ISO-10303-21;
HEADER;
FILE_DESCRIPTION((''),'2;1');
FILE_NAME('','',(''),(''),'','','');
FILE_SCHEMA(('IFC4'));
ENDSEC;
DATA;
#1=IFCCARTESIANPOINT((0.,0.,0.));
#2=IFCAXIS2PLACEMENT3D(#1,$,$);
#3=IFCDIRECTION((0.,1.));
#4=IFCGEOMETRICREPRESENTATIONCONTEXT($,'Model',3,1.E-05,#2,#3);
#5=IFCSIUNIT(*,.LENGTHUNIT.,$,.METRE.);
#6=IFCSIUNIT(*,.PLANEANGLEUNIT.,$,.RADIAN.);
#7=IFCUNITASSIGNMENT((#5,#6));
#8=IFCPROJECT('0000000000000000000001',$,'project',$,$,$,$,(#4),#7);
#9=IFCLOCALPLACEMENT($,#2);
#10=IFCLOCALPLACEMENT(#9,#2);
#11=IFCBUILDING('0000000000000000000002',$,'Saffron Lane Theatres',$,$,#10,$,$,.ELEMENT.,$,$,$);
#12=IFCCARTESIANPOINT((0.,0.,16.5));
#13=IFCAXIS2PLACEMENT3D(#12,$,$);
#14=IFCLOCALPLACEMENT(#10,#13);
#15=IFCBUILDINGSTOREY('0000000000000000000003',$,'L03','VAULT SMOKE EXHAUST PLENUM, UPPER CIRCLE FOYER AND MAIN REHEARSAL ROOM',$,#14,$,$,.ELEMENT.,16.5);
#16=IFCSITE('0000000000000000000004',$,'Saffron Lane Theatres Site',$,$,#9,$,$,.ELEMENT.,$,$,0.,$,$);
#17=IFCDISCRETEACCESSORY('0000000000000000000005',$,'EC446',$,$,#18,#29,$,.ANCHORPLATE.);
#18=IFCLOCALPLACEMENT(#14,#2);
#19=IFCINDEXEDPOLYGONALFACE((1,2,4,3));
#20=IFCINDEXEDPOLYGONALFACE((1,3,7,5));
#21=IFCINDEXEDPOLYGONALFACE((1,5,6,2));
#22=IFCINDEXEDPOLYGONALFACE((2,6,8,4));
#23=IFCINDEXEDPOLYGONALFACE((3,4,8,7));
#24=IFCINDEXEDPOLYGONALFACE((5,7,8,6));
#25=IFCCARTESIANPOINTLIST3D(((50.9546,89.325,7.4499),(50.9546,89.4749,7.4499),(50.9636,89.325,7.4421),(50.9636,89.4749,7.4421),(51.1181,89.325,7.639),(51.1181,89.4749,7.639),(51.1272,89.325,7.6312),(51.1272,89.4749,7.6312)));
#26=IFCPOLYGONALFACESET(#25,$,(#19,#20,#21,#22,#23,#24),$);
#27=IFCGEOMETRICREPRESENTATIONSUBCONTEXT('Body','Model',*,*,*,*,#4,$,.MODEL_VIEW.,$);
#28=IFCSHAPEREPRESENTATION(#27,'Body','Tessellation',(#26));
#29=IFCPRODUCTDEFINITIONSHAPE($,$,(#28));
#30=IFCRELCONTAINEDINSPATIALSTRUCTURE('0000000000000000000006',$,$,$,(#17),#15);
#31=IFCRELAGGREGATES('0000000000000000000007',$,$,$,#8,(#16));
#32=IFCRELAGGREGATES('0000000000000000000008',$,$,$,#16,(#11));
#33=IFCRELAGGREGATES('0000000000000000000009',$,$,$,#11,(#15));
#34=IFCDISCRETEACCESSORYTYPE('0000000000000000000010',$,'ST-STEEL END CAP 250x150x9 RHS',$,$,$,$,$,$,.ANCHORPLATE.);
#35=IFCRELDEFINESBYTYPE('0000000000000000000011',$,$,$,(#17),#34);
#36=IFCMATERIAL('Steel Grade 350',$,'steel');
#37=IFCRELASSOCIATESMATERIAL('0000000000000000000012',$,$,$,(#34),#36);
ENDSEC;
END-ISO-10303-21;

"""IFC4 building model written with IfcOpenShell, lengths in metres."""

from ifc_helpers import new_model, si_unit, direction, frame, origin, origin_2d, place, context, subcontext, project, spatial, rectangle, extrude, material, material_profile, profile_set, type_object, element, save


model = new_model("IFC4")

# Units and contexts
model_context = context("Model", 3, precision=1e-05, world=origin(), true_north=direction((0.0, 1.0)))
body_context = subcontext(model_context, "Body", "Model", "MODEL_VIEW")
ifc_project = project(units=[si_unit("LENGTHUNIT", "METRE"), si_unit("PLANEANGLEUNIT", "RADIAN")], contexts=[model_context])

# Site, building, storey
site_placement = place(None, origin())
site = spatial("IfcSite", under=ifc_project, at=site_placement, Name="Saffron Lane Theatres Site", CompositionType="ELEMENT", RefElevation=0.0)
building_placement = place(site_placement, origin())
building = spatial("IfcBuilding", under=site, at=building_placement, Name="Saffron Lane Theatres", CompositionType="ELEMENT")
storey_placement = place(building_placement, frame((0.0, 0.0, 16.5)))
storey = spatial("IfcBuildingStorey", under=building, at=storey_placement, Name="L03", Description="VAULT SMOKE EXHAUST PLENUM, UPPER CIRCLE FOYER AND MAIN REHEARSAL ROOM", CompositionType="ELEMENT", Elevation=16.5)

# Discrete accessory
ifc_material_1 = material(Name="Steel Grade 350", Category="steel")
ifc_material_profile_1 = material_profile(ifc_material_1, rectangle(XDim=0.1499, YDim=0.25, at=origin_2d()))
ifc_profile_set_1 = profile_set([ifc_material_profile_1], Name="Steel Grade 350")
discrete_accessory_type_1 = type_object("IfcDiscreteAccessoryType", Name="ST-STEEL END CAP 250x150x9 RHS", PredefinedType="ANCHORPLATE", material=ifc_profile_set_1)
for number, where, z_axis, x_axis, name in (
    (1, (51.0454, 89.3999, 7.5366), (-0.756363, 0.0, 0.654152), (0.0, -1.0, 0.0), "EC446"),
):
    element("IfcDiscreteAccessory", number, at=place(storey_placement, frame(where, z_axis=z_axis, x_axis=x_axis)), inside=storey, type_object=discrete_accessory_type_1, Name=name, PredefinedType="ANCHORPLATE", context=body_context, shape_type="SweptSolid", body=[
        extrude(rectangle(XDim=0.1499, YDim=0.25, at=origin_2d()), origin(), (0.0, 0.0, 1.0), 0.012),
    ])

save(model, "model.ifc")
